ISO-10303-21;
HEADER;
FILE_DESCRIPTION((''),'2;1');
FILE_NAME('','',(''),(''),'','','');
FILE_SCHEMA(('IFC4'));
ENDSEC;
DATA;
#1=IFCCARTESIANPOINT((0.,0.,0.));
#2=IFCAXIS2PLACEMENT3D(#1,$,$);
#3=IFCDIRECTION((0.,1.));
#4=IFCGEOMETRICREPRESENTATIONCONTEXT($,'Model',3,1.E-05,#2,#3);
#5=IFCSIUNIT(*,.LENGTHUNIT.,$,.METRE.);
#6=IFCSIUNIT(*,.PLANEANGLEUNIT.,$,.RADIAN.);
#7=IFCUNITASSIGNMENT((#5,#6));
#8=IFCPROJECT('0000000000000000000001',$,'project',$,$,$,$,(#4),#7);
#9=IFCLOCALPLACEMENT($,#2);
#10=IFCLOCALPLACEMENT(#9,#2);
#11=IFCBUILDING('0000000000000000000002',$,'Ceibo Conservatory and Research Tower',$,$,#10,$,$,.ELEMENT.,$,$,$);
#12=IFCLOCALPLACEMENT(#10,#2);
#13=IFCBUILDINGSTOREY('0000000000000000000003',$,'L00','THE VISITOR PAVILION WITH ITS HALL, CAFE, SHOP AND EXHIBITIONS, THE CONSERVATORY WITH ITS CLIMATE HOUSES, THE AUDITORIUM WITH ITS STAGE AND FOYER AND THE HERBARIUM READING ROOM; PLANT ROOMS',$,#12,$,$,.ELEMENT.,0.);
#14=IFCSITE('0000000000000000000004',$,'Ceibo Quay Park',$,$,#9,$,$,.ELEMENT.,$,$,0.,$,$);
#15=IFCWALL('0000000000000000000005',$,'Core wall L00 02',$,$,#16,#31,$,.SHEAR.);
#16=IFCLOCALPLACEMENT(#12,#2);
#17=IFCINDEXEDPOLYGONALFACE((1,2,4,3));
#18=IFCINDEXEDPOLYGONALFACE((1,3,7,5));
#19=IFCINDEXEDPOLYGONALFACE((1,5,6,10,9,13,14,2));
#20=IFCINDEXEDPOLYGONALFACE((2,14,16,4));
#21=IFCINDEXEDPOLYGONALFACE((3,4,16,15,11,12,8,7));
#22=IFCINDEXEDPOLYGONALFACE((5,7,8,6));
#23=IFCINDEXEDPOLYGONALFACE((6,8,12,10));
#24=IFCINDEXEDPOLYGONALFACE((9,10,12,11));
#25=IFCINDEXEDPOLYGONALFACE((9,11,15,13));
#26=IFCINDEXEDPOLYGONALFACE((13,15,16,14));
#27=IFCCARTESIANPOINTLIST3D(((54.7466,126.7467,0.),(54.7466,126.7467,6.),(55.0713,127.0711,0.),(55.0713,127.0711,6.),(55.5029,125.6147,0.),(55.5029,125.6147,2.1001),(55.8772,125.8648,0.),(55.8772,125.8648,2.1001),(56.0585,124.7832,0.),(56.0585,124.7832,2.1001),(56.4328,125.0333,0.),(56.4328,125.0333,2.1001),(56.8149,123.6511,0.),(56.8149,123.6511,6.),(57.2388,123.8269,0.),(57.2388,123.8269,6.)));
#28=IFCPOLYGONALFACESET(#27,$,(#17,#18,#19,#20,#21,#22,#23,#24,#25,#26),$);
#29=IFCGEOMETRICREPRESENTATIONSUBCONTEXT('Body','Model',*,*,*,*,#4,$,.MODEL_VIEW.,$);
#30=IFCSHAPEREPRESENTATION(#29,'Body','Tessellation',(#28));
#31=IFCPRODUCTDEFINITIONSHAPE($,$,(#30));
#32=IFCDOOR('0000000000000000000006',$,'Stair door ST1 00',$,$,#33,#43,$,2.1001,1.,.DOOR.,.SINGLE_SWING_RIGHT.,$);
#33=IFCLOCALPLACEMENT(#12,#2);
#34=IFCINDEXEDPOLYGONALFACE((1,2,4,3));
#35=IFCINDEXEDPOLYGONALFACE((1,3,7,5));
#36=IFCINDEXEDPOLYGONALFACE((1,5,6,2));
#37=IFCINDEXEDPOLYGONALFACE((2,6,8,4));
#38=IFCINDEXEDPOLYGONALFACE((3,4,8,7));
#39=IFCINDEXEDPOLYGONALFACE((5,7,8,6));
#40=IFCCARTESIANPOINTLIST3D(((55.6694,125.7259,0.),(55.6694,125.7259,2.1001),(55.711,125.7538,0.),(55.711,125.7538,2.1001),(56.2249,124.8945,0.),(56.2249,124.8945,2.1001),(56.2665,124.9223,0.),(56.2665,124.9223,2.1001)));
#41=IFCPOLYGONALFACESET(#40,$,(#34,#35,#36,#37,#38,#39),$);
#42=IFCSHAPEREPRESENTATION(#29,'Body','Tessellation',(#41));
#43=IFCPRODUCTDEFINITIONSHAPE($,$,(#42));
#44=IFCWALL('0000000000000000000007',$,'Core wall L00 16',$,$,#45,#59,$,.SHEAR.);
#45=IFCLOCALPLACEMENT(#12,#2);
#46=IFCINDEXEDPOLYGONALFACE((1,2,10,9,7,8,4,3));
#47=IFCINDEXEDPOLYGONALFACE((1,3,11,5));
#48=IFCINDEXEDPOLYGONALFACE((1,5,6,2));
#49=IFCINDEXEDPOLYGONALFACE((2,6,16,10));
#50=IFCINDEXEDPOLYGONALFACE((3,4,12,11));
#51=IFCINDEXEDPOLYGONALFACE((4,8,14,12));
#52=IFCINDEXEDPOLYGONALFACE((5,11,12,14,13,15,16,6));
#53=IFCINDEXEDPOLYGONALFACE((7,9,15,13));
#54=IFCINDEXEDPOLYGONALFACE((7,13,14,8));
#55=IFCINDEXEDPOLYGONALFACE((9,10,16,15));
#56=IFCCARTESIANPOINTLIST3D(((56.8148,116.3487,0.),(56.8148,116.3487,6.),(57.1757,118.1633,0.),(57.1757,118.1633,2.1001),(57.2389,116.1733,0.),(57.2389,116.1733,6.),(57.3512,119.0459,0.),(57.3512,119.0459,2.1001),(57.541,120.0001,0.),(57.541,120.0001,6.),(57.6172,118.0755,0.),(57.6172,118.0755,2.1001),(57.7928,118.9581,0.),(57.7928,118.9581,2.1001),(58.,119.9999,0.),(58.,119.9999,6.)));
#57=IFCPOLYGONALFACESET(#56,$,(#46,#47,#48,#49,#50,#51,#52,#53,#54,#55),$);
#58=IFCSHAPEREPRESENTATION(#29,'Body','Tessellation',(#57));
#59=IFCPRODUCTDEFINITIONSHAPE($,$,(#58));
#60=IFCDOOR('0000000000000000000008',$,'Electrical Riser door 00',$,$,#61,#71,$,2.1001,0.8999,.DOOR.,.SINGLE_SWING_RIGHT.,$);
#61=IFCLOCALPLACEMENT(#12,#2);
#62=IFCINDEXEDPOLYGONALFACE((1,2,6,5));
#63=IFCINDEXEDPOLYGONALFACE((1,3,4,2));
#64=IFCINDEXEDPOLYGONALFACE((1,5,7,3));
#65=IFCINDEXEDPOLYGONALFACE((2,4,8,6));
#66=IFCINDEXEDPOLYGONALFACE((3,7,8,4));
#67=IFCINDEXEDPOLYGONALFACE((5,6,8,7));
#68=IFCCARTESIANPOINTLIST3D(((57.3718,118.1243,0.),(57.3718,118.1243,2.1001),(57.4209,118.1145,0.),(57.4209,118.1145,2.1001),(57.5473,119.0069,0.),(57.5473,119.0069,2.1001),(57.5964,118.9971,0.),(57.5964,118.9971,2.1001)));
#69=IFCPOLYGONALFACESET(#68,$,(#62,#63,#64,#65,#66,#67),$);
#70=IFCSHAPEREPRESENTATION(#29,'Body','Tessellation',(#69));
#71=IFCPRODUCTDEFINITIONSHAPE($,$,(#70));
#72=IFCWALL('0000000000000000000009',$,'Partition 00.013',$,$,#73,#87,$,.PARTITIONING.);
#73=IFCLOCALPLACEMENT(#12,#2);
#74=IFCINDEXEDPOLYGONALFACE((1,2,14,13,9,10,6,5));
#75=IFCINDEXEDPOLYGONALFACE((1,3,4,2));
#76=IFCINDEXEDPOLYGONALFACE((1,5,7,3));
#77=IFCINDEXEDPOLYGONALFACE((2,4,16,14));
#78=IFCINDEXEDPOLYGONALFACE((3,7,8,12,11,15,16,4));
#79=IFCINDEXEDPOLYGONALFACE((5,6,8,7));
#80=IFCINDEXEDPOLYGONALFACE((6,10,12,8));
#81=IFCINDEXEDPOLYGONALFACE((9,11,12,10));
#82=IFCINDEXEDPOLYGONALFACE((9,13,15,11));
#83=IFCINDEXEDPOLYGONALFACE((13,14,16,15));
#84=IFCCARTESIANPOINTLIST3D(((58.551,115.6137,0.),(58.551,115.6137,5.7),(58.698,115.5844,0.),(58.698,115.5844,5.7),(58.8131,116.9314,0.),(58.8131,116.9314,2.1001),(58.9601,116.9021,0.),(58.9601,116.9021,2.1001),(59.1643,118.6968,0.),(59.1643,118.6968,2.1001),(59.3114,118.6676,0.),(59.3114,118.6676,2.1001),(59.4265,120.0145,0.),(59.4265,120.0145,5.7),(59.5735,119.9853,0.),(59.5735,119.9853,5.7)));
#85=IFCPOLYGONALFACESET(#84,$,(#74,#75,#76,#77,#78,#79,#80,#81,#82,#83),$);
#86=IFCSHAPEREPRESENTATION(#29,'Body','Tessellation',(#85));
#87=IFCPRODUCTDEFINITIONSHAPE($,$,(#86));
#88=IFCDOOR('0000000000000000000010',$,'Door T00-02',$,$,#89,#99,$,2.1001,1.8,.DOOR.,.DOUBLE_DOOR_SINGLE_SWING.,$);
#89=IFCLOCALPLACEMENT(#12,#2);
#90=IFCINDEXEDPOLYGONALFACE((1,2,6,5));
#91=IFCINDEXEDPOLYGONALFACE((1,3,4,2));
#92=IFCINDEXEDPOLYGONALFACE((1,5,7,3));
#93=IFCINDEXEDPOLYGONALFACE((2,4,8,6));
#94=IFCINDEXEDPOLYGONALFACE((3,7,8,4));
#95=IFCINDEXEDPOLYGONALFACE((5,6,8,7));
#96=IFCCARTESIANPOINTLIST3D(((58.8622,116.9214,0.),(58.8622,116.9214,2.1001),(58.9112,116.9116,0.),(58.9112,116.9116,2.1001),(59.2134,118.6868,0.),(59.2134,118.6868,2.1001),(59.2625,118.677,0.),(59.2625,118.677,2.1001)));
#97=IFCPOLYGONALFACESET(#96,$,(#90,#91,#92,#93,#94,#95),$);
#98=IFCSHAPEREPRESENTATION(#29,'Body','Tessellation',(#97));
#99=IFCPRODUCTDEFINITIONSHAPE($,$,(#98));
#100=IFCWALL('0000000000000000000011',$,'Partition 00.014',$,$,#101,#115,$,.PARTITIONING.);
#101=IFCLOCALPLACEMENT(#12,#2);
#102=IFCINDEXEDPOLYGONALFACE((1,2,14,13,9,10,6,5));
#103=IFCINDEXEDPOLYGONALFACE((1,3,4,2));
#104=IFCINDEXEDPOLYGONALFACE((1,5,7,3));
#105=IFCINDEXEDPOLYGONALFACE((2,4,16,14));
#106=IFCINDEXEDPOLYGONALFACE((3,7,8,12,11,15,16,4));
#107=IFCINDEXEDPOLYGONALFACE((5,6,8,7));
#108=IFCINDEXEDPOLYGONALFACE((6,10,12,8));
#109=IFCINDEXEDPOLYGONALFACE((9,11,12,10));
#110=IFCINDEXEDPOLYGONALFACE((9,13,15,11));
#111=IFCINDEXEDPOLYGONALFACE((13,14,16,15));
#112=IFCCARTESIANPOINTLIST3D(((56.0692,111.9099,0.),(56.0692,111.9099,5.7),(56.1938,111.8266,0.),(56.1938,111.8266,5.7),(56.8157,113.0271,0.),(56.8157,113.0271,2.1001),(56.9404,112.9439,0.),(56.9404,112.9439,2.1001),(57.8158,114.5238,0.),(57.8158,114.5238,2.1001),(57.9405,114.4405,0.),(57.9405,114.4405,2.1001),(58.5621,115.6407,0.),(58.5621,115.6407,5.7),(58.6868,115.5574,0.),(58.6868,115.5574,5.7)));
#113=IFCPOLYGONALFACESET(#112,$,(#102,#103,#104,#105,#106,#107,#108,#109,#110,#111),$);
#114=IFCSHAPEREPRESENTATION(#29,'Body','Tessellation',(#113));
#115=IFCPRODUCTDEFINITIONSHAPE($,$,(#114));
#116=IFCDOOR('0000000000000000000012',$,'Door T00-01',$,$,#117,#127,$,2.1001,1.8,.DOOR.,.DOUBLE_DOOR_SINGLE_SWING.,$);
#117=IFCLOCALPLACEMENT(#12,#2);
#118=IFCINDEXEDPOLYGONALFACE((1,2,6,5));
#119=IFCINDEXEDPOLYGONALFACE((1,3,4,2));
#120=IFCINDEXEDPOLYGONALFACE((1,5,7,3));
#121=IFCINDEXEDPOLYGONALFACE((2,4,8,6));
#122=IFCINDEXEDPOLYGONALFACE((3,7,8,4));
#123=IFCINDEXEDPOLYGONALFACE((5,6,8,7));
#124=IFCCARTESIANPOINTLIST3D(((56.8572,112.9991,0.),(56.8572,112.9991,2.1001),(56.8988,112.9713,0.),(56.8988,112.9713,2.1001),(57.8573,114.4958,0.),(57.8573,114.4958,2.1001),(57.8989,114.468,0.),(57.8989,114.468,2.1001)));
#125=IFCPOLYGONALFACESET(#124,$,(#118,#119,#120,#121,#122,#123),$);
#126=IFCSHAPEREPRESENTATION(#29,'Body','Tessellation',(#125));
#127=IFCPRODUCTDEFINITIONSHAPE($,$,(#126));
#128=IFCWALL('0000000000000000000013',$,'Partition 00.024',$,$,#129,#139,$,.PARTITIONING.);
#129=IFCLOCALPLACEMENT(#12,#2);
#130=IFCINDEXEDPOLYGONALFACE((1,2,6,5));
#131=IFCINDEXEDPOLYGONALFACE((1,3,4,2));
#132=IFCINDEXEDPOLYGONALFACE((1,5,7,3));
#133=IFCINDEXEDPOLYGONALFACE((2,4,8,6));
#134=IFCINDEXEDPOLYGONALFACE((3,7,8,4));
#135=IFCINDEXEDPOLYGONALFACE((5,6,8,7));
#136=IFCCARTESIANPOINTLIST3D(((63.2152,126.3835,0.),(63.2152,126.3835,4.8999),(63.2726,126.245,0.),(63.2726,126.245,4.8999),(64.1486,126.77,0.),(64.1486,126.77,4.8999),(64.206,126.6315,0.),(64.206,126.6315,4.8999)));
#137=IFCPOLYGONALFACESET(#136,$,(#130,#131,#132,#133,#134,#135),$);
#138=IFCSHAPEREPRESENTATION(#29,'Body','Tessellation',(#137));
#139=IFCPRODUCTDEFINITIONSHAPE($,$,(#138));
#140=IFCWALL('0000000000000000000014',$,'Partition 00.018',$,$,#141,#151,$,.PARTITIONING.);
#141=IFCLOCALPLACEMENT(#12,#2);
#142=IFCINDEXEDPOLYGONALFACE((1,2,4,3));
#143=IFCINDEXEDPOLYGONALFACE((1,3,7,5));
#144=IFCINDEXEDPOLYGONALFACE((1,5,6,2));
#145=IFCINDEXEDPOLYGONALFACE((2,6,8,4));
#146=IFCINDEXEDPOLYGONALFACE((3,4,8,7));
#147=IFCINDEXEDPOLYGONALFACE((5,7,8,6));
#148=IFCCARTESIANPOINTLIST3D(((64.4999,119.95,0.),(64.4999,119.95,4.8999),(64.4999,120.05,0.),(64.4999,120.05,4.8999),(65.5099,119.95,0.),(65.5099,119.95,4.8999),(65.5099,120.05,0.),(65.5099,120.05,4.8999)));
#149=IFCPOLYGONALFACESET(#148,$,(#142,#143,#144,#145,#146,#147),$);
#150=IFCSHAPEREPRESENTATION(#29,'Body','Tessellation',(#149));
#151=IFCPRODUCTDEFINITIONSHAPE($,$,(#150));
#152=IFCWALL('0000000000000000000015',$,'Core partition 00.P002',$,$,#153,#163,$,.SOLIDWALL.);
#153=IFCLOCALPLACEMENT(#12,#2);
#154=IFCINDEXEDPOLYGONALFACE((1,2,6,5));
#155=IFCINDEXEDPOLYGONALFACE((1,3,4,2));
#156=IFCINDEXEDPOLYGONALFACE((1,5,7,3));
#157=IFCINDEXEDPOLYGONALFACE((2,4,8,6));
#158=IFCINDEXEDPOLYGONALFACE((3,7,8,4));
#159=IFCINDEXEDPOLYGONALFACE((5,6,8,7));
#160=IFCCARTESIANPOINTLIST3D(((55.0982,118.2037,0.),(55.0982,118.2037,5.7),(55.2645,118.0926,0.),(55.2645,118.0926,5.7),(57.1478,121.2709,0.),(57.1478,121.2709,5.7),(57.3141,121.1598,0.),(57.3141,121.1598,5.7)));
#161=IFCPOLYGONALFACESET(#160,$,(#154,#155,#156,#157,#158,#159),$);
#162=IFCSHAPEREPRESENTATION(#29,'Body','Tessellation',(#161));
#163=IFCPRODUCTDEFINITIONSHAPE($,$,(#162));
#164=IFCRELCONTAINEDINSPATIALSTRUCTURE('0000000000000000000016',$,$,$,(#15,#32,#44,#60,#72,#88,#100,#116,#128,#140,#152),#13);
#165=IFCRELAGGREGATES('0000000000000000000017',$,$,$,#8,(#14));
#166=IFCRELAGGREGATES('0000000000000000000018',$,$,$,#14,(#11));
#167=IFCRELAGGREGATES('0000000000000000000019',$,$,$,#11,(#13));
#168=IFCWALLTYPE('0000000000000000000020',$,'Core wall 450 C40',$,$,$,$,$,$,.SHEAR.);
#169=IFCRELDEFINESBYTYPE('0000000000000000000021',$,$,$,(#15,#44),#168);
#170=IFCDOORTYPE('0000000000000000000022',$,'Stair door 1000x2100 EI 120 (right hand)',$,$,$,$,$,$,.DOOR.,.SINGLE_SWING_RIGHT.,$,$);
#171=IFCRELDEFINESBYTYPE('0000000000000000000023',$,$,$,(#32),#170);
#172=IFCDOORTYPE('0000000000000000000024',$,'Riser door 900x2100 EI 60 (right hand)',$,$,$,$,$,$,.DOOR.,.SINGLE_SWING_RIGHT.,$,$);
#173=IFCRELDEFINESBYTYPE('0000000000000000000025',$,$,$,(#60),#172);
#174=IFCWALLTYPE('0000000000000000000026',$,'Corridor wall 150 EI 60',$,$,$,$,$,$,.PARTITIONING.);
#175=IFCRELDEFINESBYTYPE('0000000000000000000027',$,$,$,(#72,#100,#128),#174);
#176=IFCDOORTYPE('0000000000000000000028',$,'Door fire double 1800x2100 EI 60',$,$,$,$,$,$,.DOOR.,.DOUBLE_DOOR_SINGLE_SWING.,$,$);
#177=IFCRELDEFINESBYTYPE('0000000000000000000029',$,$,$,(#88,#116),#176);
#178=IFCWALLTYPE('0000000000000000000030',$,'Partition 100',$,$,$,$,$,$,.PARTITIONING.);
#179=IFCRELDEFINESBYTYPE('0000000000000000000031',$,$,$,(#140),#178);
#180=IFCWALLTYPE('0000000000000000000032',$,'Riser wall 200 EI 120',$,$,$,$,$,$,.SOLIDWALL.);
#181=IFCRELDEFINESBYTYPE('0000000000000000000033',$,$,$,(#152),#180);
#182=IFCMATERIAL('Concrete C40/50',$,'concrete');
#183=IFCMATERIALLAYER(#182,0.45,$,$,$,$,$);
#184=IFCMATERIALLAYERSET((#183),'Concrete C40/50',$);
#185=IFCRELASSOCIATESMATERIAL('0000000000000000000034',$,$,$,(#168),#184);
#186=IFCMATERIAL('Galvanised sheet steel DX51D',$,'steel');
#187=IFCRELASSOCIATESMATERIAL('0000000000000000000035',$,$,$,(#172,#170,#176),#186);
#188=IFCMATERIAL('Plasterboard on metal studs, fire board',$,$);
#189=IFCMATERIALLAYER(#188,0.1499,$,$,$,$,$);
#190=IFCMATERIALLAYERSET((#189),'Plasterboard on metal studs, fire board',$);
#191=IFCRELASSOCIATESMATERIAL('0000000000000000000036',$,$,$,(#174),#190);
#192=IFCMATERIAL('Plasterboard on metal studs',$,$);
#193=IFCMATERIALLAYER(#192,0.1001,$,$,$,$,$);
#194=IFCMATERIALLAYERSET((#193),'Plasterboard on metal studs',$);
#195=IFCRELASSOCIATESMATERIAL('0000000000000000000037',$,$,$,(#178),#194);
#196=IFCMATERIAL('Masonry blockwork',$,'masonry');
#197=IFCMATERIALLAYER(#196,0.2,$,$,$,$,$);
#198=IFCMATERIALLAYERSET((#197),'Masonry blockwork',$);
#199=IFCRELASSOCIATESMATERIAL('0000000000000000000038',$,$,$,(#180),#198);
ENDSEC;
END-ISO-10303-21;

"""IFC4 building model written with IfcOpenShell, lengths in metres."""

from ifc_helpers import new_model, si_unit, direction, frame, frame_2d, origin, place, context, subcontext, project, spatial, polyline, rectangle, outline, extrude, material, layer, layer_set, type_object, element, fill, save


model = new_model("IFC4")

# Units and contexts
model_context = context("Model", 3, precision=1e-05, world=origin(), true_north=direction((0.0, 1.0)))
body_context = subcontext(model_context, "Body", "Model", "MODEL_VIEW")
ifc_project = project(units=[si_unit("LENGTHUNIT", "METRE"), si_unit("PLANEANGLEUNIT", "RADIAN")], contexts=[model_context])

# Site, building, storey
site_placement = place(None, origin())
site = spatial("IfcSite", under=ifc_project, at=site_placement, Name="Ceibo Quay Park", CompositionType="ELEMENT", RefElevation=0.0)
building_placement = place(site_placement, origin())
building = spatial("IfcBuilding", under=site, at=building_placement, Name="Ceibo Conservatory and Research Tower", CompositionType="ELEMENT")
storey_placement = place(building_placement, origin())
storey = spatial("IfcBuildingStorey", under=building, at=storey_placement, Name="L00", Description="THE VISITOR PAVILION WITH ITS HALL, CAFE, SHOP AND EXHIBITIONS, THE CONSERVATORY WITH ITS CLIMATE HOUSES, THE AUDITORIUM WITH ITS STAGE AND FOYER AND THE HERBARIUM READING ROOM; PLANT ROOMS", CompositionType="ELEMENT", Elevation=0.0)

# Shared definitions
ifc_material_1 = material(Name="Masonry blockwork", Category="masonry")
ifc_material_2 = material(Name="Galvanised sheet steel DX51D", Category="steel")

# Walls, openings, doors
ifc_material_3 = material(Name="Concrete C40/50", Category="concrete")
ifc_layer_1 = layer(ifc_material_3, 0.45)
ifc_layer_set_1 = layer_set([ifc_layer_1], Name="Concrete C40/50")
wall_type_1 = type_object("IfcWallType", Name="Core wall 450 C40", PredefinedType="SHEAR", material=ifc_layer_set_1)
door_type_1 = type_object("IfcDoorType", Name="Riser door 900x2100 EI 60 (right hand)", OperationType="SINGLE_SWING_RIGHT", PredefinedType="DOOR", material=ifc_material_2)
wall_1_placement = place(storey_placement, frame((57.0269, 123.739, 0.0), z_axis=(0.0, 0.0, 1.0), x_axis=(-0.555542, 0.831488, 0.0)))
wall_1 = element("IfcWall", 1, at=wall_1_placement, inside=storey, type_object=wall_type_1, Name="Core wall L00 02", PredefinedType="SHEAR", context=body_context, shape_type="SweptSolid", body=[
    extrude(outline(polyline([(-0.0447, -0.2251), (3.8569, -0.2251), (3.7676, 0.2251), (0.0447, 0.2251), (-0.0447, -0.2251)])), origin(), (0.0, 0.0, 1.0), 6.0),
])
opening_1_placement = place(wall_1_placement, frame((1.4062, 0.0, 0.0)))
opening_1 = element("IfcOpeningElement", 2, at=opening_1_placement, cuts=wall_1, PredefinedType="OPENING", context=body_context, shape_type="SweptSolid", body=[
    extrude(rectangle(XDim=1.0, YDim=2.1001, at=frame_2d((0.5, 1.05))), frame((0.0, 0.2349, 0.0), z_axis=(0.0, -1.0, 0.0), x_axis=(1.0, 0.0, 0.0)), (0.0, 0.0, 1.0), 0.47),
])
door_type_2 = type_object("IfcDoorType", Name="Stair door 1000x2100 EI 120 (right hand)", OperationType="SINGLE_SWING_RIGHT", PredefinedType="DOOR", material=ifc_material_2)
door_1_placement = place(opening_1_placement, origin())
door_1 = element("IfcDoor", 3, at=door_1_placement, inside=storey, type_object=door_type_2, Name="Stair door ST1 00", OperationType="SINGLE_SWING_RIGHT", OverallHeight=2.1001, OverallWidth=1.0, PredefinedType="DOOR", context=body_context, shape_type="SweptSolid", body=[
    extrude(rectangle(XDim=1.0, YDim=2.1001, at=frame_2d((0.5, 1.05))), frame((0.0, 0.0249, 0.0), z_axis=(0.0, -1.0, 0.0), x_axis=(1.0, 0.0, 0.0)), (0.0, 0.0, 1.0), 0.05),
])
fill(opening_1, door_1)
wall_2_placement = place(storey_placement, frame((57.0269, 116.261, 0.0), z_axis=(0.0, 0.0, 1.0), x_axis=(0.195069, 0.980789, 0.0)))
wall_2 = element("IfcWall", 4, at=wall_2_placement, inside=storey, type_object=wall_type_1, Name="Core wall L00 16", PredefinedType="SHEAR", context=body_context, shape_type="SweptSolid", body=[
    extrude(outline(polyline([(-0.0447, -0.2251), (3.8569, -0.2251), (3.7676, 0.2251), (0.0447, 0.2251), (-0.0447, -0.2251)])), origin(), (0.0, 0.0, 1.0), 6.0),
])
opening_2_placement = place(wall_2_placement, frame((1.8948, 0.0, 0.0)))
opening_2 = element("IfcOpeningElement", 5, at=opening_2_placement, cuts=wall_2, PredefinedType="OPENING", context=body_context, shape_type="SweptSolid", body=[
    extrude(rectangle(XDim=0.8999, YDim=2.1001, at=frame_2d((0.45, 1.05))), frame((0.0, 0.2349, 0.0), z_axis=(0.0, -1.0, 0.0), x_axis=(1.0, 0.0, 0.0)), (0.0, 0.0, 1.0), 0.47),
])
door_2_placement = place(opening_2_placement, frame((0.8999, 0.0, 0.0), z_axis=(0.0, 0.0, 1.0), x_axis=(-1.0, 0.0, 0.0)))
door_2 = element("IfcDoor", 6, at=door_2_placement, inside=storey, type_object=door_type_1, Name="Electrical Riser door 00", OperationType="SINGLE_SWING_RIGHT", OverallHeight=2.1001, OverallWidth=0.8999, PredefinedType="DOOR", context=body_context, shape_type="SweptSolid", body=[
    extrude(rectangle(XDim=0.8999, YDim=2.1001, at=frame_2d((0.45, 1.05))), frame((0.0, 0.0249, 0.0), z_axis=(0.0, -1.0, 0.0), x_axis=(1.0, 0.0, 0.0)), (0.0, 0.0, 1.0), 0.05),
])
fill(opening_2, door_2)
ifc_material_4 = material(Name="Plasterboard on metal studs, fire board")
ifc_layer_2 = layer(ifc_material_4, 0.1499)
ifc_layer_set_2 = layer_set([ifc_layer_2], Name="Plasterboard on metal studs, fire board")
wall_type_2 = type_object("IfcWallType", Name="Corridor wall 150 EI 60", PredefinedType="PARTITIONING", material=ifc_layer_set_2)
wall_3_placement = place(storey_placement, frame((59.5, 120.0, 0.0), z_axis=(0.0, 0.0, 1.0), x_axis=(-0.195112, -0.980781, 0.0)))
wall_3 = element("IfcWall", 7, at=wall_3_placement, inside=storey, type_object=wall_type_2, Name="Partition 00.013", PredefinedType="PARTITIONING", context=body_context, shape_type="SweptSolid", body=[
    extrude(rectangle(XDim=4.4871, YDim=0.1499, at=frame_2d((2.2437, 0.0))), origin(), (0.0, 0.0, 1.0), 5.7),
])
opening_3_placement = place(wall_3_placement, frame((1.3438, 0.0, 0.0)))
opening_3 = element("IfcOpeningElement", 8, at=opening_3_placement, cuts=wall_3, PredefinedType="OPENING", context=body_context, shape_type="SweptSolid", body=[
    extrude(rectangle(XDim=1.8, YDim=2.1001, at=frame_2d((0.8999, 1.05))), frame((0.0, 0.085, 0.0), z_axis=(0.0, -1.0, 0.0), x_axis=(1.0, 0.0, 0.0)), (0.0, 0.0, 1.0), 0.1699),
])
door_type_3 = type_object("IfcDoorType", Name="Door fire double 1800x2100 EI 60", OperationType="DOUBLE_DOOR_SINGLE_SWING", PredefinedType="DOOR", material=ifc_material_2)
door_3_placement = place(opening_3_placement, frame((1.8, 0.0, 0.0), z_axis=(0.0, 0.0, 1.0), x_axis=(-1.0, 0.0, 0.0)))
door_3 = element("IfcDoor", 9, at=door_3_placement, inside=storey, type_object=door_type_3, Name="Door T00-02", OperationType="DOUBLE_DOOR_SINGLE_SWING", OverallHeight=2.1001, OverallWidth=1.8, PredefinedType="DOOR", context=body_context, shape_type="SweptSolid", body=[
    extrude(rectangle(XDim=1.8, YDim=2.1001, at=frame_2d((0.8999, 1.05))), frame((0.0, 0.0249, 0.0), z_axis=(0.0, -1.0, 0.0), x_axis=(1.0, 0.0, 0.0)), (0.0, 0.0, 1.0), 0.05),
])
fill(opening_3, door_3)
wall_4_placement = place(storey_placement, frame((58.6245, 115.5991, 0.0), z_axis=(0.0, 0.0, 1.0), x_axis=(-0.555591, -0.831455, 0.0)))
wall_4 = element("IfcWall", 10, at=wall_4_placement, inside=storey, type_object=wall_type_2, Name="Partition 00.014", PredefinedType="PARTITIONING", context=body_context, shape_type="SweptSolid", body=[
    extrude(rectangle(XDim=4.4871, YDim=0.1499, at=frame_2d((2.2437, 0.0))), origin(), (0.0, 0.0, 1.0), 5.7),
])
opening_4_placement = place(wall_4_placement, frame((1.3435, 0.0, 0.0)))
opening_4 = element("IfcOpeningElement", 11, at=opening_4_placement, cuts=wall_4, PredefinedType="OPENING", context=body_context, shape_type="SweptSolid", body=[
    extrude(rectangle(XDim=1.8, YDim=2.1001, at=frame_2d((0.8999, 1.05))), frame((0.0, 0.085, 0.0), z_axis=(0.0, -1.0, 0.0), x_axis=(1.0, 0.0, 0.0)), (0.0, 0.0, 1.0), 0.1699),
])
door_4_placement = place(opening_4_placement, frame((1.8, 0.0, 0.0), z_axis=(0.0, 0.0, 1.0), x_axis=(-1.0, 0.0, 0.0)))
door_4 = element("IfcDoor", 12, at=door_4_placement, inside=storey, type_object=door_type_3, Name="Door T00-01", OperationType="DOUBLE_DOOR_SINGLE_SWING", OverallHeight=2.1001, OverallWidth=1.8, PredefinedType="DOOR", context=body_context, shape_type="SweptSolid", body=[
    extrude(rectangle(XDim=1.8, YDim=2.1001, at=frame_2d((0.8999, 1.05))), frame((0.0, 0.0249, 0.0), z_axis=(0.0, -1.0, 0.0), x_axis=(1.0, 0.0, 0.0)), (0.0, 0.0, 1.0), 0.05),
])
fill(opening_4, door_4)

# Walls
wall_5_placement = place(storey_placement, frame((63.2439, 126.3142, 0.0), z_axis=(0.0, 0.0, 1.0), x_axis=(0.923926, 0.382572, 0.0)))
element("IfcWall", 13, at=wall_5_placement, inside=storey, type_object=wall_type_2, Name="Partition 00.024", PredefinedType="PARTITIONING", context=body_context, shape_type="SweptSolid", body=[
    extrude(rectangle(XDim=1.0103, YDim=0.1499, at=frame_2d((0.5051, 0.0))), origin(), (0.0, 0.0, 1.0), 4.8999),
])
ifc_material_5 = material(Name="Plasterboard on metal studs")
ifc_layer_3 = layer(ifc_material_5, 0.1001)
ifc_layer_set_3 = layer_set([ifc_layer_3], Name="Plasterboard on metal studs")
wall_type_3 = type_object("IfcWallType", Name="Partition 100", PredefinedType="PARTITIONING", material=ifc_layer_set_3)
wall_6_placement = place(storey_placement, frame((64.5, 120.0, 0.0), z_axis=(0.0, 0.0, 1.0), x_axis=(1.0, 0.0, 0.0)))
element("IfcWall", 14, at=wall_6_placement, inside=storey, type_object=wall_type_3, Name="Partition 00.018", PredefinedType="PARTITIONING", context=body_context, shape_type="SweptSolid", body=[
    extrude(rectangle(XDim=1.01, YDim=0.1001, at=frame_2d((0.5049, 0.0))), origin(), (0.0, 0.0, 1.0), 4.8999),
])
ifc_layer_4 = layer(ifc_material_1, 0.2)
ifc_layer_set_4 = layer_set([ifc_layer_4], Name="Masonry blockwork")
wall_type_4 = type_object("IfcWallType", Name="Riser wall 200 EI 120", PredefinedType="SOLIDWALL", material=ifc_layer_set_4)
wall_7_placement = place(storey_placement, frame((57.231, 121.2153, 0.0), z_axis=(0.0, 0.0, 1.0), x_axis=(-0.555601, -0.831449, 0.0)))
element("IfcWall", 15, at=wall_7_placement, inside=storey, type_object=wall_type_4, Name="Core partition 00.P002", PredefinedType="SOLIDWALL", context=body_context, shape_type="SweptSolid", body=[
    extrude(rectangle(XDim=3.689, YDim=0.2, at=frame_2d((1.8445, 0.0))), origin(), (0.0, 0.0, 1.0), 5.7),
])

save(model, "model.ifc")
